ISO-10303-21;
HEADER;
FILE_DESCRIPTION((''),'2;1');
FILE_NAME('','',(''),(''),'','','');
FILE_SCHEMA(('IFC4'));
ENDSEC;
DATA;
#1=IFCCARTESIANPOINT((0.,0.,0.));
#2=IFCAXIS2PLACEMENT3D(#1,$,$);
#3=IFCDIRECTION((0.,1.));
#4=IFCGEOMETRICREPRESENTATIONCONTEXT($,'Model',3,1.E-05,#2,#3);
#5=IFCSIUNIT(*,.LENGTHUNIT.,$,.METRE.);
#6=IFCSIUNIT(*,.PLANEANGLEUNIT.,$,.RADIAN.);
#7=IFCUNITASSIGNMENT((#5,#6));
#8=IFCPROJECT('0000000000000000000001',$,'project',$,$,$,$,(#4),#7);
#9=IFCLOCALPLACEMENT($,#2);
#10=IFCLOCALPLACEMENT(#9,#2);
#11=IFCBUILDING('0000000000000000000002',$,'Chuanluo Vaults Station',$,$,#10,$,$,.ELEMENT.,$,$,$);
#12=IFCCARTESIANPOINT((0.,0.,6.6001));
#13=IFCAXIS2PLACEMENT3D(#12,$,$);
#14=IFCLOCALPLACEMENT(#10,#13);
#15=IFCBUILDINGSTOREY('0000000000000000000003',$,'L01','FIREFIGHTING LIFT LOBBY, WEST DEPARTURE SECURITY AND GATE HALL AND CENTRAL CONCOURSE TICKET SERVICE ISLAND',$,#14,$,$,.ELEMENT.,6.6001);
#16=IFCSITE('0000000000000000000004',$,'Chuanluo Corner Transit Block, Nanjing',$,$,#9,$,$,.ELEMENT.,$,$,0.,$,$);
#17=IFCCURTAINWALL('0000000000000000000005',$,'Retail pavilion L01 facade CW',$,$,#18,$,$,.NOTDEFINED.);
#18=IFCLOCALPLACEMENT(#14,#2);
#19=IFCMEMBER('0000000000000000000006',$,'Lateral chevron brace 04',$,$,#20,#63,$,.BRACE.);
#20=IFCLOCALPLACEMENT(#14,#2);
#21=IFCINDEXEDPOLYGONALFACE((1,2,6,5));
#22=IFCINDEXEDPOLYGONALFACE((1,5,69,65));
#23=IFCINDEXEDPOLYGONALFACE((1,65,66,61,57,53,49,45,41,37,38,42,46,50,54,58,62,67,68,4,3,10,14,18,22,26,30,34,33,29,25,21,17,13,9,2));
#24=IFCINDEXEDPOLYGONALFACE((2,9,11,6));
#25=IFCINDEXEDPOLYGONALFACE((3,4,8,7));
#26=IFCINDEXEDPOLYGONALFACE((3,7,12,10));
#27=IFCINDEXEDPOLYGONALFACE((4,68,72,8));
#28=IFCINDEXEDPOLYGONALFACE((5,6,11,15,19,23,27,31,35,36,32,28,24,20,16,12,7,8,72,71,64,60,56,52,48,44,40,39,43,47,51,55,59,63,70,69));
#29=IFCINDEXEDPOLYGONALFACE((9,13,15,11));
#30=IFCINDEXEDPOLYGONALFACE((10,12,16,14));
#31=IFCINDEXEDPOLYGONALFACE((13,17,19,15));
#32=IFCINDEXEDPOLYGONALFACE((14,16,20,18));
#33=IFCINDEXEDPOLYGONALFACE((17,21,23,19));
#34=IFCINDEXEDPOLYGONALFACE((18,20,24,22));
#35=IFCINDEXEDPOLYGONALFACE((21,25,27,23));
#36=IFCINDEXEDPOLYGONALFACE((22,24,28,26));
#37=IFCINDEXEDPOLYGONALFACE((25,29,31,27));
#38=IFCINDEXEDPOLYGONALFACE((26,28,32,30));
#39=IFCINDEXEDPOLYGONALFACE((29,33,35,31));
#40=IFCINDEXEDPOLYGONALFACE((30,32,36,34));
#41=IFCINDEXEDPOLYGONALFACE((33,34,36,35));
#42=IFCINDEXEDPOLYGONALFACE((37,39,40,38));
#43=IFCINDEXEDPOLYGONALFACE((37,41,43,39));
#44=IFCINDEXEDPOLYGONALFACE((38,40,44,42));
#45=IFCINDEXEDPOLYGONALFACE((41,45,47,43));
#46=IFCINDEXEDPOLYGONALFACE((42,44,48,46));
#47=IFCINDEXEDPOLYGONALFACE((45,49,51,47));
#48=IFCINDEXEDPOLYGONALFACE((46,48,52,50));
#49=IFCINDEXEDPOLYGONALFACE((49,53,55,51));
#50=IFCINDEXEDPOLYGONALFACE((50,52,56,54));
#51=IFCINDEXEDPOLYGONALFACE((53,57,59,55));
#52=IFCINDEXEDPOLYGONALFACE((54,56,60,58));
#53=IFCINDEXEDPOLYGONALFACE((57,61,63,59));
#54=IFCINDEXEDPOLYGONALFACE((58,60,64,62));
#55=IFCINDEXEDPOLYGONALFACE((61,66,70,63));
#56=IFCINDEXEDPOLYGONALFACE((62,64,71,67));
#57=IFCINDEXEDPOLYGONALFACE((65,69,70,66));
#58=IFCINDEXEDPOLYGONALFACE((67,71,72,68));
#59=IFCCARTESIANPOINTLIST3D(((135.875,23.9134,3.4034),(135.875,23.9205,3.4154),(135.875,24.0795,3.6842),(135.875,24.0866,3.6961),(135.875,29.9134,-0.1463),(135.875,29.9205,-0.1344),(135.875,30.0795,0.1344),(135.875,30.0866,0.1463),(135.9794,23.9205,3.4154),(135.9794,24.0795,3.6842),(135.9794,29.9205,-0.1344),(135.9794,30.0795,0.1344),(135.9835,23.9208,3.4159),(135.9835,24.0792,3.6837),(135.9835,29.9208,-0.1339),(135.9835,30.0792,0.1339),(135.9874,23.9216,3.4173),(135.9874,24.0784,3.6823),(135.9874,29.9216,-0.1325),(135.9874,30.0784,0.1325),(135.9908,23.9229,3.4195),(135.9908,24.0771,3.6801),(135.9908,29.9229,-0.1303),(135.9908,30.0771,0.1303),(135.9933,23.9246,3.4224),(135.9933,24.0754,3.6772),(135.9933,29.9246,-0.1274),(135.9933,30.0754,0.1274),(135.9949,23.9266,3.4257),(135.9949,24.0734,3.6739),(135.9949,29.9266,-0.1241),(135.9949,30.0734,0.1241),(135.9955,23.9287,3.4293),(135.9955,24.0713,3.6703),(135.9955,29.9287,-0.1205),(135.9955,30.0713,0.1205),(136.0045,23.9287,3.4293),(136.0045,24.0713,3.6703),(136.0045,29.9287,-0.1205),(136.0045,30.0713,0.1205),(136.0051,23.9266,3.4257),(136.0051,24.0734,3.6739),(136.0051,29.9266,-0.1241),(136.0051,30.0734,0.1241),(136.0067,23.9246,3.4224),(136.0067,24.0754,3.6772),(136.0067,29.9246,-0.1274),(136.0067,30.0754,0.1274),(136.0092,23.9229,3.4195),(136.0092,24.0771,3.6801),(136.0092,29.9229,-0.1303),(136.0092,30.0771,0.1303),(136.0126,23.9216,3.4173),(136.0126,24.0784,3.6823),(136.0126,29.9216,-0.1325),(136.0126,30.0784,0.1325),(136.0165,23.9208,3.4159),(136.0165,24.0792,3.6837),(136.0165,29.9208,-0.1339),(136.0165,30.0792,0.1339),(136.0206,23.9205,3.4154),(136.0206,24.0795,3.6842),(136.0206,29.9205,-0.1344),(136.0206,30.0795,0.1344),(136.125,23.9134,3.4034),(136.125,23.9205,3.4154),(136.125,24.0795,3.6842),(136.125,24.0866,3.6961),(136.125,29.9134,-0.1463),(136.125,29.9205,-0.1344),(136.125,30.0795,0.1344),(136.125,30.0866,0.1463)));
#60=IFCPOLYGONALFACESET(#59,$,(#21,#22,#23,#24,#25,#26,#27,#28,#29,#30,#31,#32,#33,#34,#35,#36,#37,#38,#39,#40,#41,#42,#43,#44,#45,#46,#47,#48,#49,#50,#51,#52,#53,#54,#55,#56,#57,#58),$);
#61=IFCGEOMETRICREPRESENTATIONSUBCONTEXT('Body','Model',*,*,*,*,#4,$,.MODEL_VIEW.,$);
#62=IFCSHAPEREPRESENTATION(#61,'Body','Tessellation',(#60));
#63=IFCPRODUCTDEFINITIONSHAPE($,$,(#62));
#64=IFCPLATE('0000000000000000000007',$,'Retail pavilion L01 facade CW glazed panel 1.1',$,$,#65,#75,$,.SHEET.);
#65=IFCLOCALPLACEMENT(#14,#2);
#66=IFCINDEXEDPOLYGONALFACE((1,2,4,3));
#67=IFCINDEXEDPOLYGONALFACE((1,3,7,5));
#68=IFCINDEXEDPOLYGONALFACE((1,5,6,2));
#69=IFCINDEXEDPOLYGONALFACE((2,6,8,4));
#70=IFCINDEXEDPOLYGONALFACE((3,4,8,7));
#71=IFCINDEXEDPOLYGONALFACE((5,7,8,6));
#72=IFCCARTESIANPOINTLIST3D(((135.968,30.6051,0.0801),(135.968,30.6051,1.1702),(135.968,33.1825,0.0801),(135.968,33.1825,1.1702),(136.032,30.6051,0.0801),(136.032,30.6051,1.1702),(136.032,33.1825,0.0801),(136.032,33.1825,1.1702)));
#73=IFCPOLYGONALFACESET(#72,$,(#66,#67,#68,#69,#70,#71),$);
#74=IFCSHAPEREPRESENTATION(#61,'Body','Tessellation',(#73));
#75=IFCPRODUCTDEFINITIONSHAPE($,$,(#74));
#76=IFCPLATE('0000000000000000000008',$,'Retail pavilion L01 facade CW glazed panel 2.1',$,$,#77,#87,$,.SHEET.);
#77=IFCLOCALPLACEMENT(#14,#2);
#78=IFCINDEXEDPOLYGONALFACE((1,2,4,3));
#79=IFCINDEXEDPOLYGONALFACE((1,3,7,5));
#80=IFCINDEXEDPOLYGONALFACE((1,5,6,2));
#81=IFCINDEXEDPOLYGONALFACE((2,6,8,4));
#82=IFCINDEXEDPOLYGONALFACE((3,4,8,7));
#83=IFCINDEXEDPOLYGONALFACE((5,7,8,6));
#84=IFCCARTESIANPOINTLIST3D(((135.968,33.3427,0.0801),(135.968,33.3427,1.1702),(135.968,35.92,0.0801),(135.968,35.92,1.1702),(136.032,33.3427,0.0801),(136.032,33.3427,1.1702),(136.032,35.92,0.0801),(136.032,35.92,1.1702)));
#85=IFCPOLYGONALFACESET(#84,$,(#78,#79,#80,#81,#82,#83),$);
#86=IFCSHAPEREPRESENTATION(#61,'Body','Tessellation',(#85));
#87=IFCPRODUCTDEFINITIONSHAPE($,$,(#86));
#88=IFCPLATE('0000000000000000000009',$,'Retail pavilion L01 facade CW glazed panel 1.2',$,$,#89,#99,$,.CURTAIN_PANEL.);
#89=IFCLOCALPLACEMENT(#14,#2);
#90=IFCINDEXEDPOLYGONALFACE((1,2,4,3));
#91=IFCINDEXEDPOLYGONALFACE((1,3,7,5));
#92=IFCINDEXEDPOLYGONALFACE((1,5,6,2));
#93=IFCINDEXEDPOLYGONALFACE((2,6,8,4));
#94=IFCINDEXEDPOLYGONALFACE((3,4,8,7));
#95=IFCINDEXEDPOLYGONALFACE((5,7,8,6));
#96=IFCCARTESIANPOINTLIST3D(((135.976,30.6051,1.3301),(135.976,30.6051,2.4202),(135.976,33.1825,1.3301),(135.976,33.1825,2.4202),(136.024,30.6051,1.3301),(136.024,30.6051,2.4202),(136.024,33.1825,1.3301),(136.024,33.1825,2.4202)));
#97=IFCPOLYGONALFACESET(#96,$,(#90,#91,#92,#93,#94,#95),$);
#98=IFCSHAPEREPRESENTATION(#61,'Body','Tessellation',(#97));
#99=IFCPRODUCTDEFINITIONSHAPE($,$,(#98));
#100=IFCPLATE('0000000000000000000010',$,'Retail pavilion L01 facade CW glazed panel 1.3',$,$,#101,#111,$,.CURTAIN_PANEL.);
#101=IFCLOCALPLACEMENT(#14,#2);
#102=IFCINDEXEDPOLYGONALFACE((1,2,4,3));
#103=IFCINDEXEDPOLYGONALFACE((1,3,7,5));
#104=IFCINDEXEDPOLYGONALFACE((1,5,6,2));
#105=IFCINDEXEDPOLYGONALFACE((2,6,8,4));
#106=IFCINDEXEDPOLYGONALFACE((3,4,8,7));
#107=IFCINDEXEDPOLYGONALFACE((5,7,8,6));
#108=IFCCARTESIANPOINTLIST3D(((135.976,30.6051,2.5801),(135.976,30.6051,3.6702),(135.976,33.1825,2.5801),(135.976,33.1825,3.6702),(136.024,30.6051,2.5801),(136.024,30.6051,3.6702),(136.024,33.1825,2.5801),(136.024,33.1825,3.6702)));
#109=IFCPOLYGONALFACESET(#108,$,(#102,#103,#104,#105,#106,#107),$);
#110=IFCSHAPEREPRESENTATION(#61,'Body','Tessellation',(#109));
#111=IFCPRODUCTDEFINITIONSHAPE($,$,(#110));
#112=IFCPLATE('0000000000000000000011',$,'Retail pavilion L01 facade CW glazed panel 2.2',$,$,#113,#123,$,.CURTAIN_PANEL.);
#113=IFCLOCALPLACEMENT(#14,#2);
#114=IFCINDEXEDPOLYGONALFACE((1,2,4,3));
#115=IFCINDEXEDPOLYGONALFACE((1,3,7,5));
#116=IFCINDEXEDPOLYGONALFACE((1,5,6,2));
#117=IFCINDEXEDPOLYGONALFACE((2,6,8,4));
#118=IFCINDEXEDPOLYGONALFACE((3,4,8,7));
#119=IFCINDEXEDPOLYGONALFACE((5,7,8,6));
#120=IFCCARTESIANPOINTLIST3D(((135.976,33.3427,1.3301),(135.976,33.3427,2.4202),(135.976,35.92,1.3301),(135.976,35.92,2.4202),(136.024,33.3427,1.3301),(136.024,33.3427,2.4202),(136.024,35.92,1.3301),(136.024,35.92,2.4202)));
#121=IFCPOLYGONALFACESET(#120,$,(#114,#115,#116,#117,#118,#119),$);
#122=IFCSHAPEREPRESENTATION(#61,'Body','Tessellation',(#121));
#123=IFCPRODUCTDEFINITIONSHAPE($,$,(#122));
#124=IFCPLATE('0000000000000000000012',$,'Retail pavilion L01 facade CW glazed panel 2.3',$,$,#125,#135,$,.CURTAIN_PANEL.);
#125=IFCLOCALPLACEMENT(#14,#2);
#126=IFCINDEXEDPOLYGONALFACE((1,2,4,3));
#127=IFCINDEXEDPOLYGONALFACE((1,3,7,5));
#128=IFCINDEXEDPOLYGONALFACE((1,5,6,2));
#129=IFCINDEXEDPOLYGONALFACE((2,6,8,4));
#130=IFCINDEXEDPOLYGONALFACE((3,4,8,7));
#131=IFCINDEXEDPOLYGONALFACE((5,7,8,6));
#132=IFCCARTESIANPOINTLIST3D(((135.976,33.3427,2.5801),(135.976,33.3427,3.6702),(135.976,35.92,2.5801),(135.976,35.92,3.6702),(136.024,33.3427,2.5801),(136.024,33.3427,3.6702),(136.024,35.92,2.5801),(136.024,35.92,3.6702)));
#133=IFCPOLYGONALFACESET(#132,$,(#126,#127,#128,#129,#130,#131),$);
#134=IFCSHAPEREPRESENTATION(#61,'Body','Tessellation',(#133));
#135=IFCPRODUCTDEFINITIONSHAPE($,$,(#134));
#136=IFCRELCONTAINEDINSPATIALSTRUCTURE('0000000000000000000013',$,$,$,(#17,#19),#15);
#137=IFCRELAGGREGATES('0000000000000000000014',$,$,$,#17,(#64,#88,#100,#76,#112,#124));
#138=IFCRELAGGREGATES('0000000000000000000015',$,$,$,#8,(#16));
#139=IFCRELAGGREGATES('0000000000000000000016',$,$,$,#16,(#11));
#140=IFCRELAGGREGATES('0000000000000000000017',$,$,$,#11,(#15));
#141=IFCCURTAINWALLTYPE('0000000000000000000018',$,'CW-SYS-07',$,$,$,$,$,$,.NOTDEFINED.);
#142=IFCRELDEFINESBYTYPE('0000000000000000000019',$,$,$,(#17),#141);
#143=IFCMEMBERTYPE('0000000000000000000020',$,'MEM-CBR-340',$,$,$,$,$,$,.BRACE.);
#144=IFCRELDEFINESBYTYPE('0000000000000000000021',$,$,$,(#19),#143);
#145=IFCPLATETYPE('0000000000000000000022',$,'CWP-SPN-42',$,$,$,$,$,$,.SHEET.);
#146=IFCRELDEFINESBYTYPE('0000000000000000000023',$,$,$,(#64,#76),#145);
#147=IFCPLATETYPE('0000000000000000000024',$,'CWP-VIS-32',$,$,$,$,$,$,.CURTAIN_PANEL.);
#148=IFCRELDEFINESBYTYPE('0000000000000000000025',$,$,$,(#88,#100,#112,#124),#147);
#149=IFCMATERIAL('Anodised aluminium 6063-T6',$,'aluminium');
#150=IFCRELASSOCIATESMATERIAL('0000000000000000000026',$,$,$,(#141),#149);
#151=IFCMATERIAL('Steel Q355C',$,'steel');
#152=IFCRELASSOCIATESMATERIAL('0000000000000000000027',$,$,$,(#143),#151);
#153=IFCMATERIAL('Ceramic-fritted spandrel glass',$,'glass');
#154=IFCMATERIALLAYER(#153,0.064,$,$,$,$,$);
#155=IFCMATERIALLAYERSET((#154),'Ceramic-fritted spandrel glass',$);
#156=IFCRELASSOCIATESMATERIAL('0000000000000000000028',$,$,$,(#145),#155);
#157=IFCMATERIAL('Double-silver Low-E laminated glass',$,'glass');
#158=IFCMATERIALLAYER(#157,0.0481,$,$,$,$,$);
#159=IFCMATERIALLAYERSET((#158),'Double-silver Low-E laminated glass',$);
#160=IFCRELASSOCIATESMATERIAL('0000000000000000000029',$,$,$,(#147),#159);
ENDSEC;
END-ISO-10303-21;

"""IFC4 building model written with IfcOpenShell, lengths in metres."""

from ifc_helpers import new_model, si_unit, direction, frame, origin, origin_2d, place, context, subcontext, project, spatial, rectangle, i_section, extrude, material, layer, layer_set, material_profile, profile_set, type_object, element, aggregate, save


model = new_model("IFC4")

# Units and contexts
model_context = context("Model", 3, precision=1e-05, world=origin(), true_north=direction((0.0, 1.0)))
body_context = subcontext(model_context, "Body", "Model", "MODEL_VIEW")
ifc_project = project(units=[si_unit("LENGTHUNIT", "METRE"), si_unit("PLANEANGLEUNIT", "RADIAN")], contexts=[model_context])

# Site, building, storey
site_placement = place(None, origin())
site = spatial("IfcSite", under=ifc_project, at=site_placement, Name="Chuanluo Corner Transit Block, Nanjing", CompositionType="ELEMENT", RefElevation=0.0)
building_placement = place(site_placement, origin())
building = spatial("IfcBuilding", under=site, at=building_placement, Name="Chuanluo Vaults Station", CompositionType="ELEMENT")
storey_placement = place(building_placement, frame((0.0, 0.0, 6.6001)))
storey = spatial("IfcBuildingStorey", under=building, at=storey_placement, Name="L01", Description="FIREFIGHTING LIFT LOBBY, WEST DEPARTURE SECURITY AND GATE HALL AND CENTRAL CONCOURSE TICKET SERVICE ISLAND", CompositionType="ELEMENT", Elevation=6.6001)

# Curtain wall
ifc_material_1 = material(Name="Anodised aluminium 6063-T6", Category="aluminium")
curtain_wall_type = type_object("IfcCurtainWallType", Name="CW-SYS-07", PredefinedType="NOTDEFINED", material=ifc_material_1)
curtain_wall_placement = place(storey_placement, origin())
curtain_wall = element("IfcCurtainWall", 1, at=curtain_wall_placement, inside=storey, type_object=curtain_wall_type, Name="Retail pavilion L01 facade CW", PredefinedType="NOTDEFINED")

# Member
ifc_material_2 = material(Name="Steel Q355C", Category="steel")
ifc_material_profile_1 = material_profile(ifc_material_2, i_section(OverallWidth=0.25, OverallDepth=0.3401, WebThickness=0.009, FlangeThickness=0.0139, FilletRadius=0.0161, at=origin_2d()))
ifc_profile_set_1 = profile_set([ifc_material_profile_1], Name="Steel Q355C")
member_type_1 = type_object("IfcMemberType", Name="MEM-CBR-340", PredefinedType="BRACE", material=ifc_profile_set_1)
member_1_placement = place(storey_placement, frame((136.0, 30.0, 0.0), z_axis=(0.0, -0.860653, 0.509192), x_axis=(1.0, 0.0, 0.0)))
element("IfcMember", 2, at=member_1_placement, inside=storey, type_object=member_type_1, Name="Lateral chevron brace 04", PredefinedType="BRACE", context=body_context, shape_type="SweptSolid", body=[
    extrude(i_section(OverallWidth=0.25, OverallDepth=0.3401, WebThickness=0.009, FlangeThickness=0.0139, FilletRadius=0.0161, at=origin_2d()), origin(), (0.0, 0.0, 1.0), 6.9714),
])

# Plates
ifc_material_3 = material(Name="Ceramic-fritted spandrel glass", Category="glass")
ifc_layer_1 = layer(ifc_material_3, 0.064)
ifc_layer_set_1 = layer_set([ifc_layer_1], Name="Ceramic-fritted spandrel glass")
plate_type_1 = type_object("IfcPlateType", Name="CWP-SPN-42", PredefinedType="SHEET", material=ifc_layer_set_1)
plate_1_placement = place(storey_placement, frame((136.0, 31.8938, 0.0801), z_axis=(0.0, 0.0, 1.0), x_axis=(0.0, 1.0, 0.0)))
plate_1 = element("IfcPlate", 3, at=plate_1_placement, type_object=plate_type_1, Name="Retail pavilion L01 facade CW glazed panel 1.1", PredefinedType="SHEET", context=body_context, shape_type="SweptSolid", body=[
    extrude(rectangle(XDim=2.5774, YDim=0.064, at=origin_2d()), origin(), (0.0, 0.0, 1.0), 1.0901),
])
plate_2_placement = place(storey_placement, frame((136.0, 34.6313, 0.0801), z_axis=(0.0, 0.0, 1.0), x_axis=(0.0, 1.0, 0.0)))
plate_2 = element("IfcPlate", 4, at=plate_2_placement, type_object=plate_type_1, Name="Retail pavilion L01 facade CW glazed panel 2.1", PredefinedType="SHEET", context=body_context, shape_type="SweptSolid", body=[
    extrude(rectangle(XDim=2.5774, YDim=0.064, at=origin_2d()), origin(), (0.0, 0.0, 1.0), 1.0901),
])
ifc_material_4 = material(Name="Double-silver Low-E laminated glass", Category="glass")
ifc_layer_2 = layer(ifc_material_4, 0.0481)
ifc_layer_set_2 = layer_set([ifc_layer_2], Name="Double-silver Low-E laminated glass")
plate_type_2 = type_object("IfcPlateType", Name="CWP-VIS-32", PredefinedType="CURTAIN_PANEL", material=ifc_layer_set_2)
plate_3_placement = place(storey_placement, frame((136.0, 31.8938, 1.3301), z_axis=(0.0, 0.0, 1.0), x_axis=(0.0, 1.0, 0.0)))
plate_3 = element("IfcPlate", 5, at=plate_3_placement, type_object=plate_type_2, Name="Retail pavilion L01 facade CW glazed panel 1.2", PredefinedType="CURTAIN_PANEL", context=body_context, shape_type="SweptSolid", body=[
    extrude(rectangle(XDim=2.5774, YDim=0.0481, at=origin_2d()), origin(), (0.0, 0.0, 1.0), 1.0901),
])
plate_4_placement = place(storey_placement, frame((136.0, 31.8938, 2.5801), z_axis=(0.0, 0.0, 1.0), x_axis=(0.0, 1.0, 0.0)))
plate_4 = element("IfcPlate", 6, at=plate_4_placement, type_object=plate_type_2, Name="Retail pavilion L01 facade CW glazed panel 1.3", PredefinedType="CURTAIN_PANEL", context=body_context, shape_type="SweptSolid", body=[
    extrude(rectangle(XDim=2.5774, YDim=0.0481, at=origin_2d()), origin(), (0.0, 0.0, 1.0), 1.0901),
])
plate_5_placement = place(storey_placement, frame((136.0, 34.6313, 1.3301), z_axis=(0.0, 0.0, 1.0), x_axis=(0.0, 1.0, 0.0)))
plate_5 = element("IfcPlate", 7, at=plate_5_placement, type_object=plate_type_2, Name="Retail pavilion L01 facade CW glazed panel 2.2", PredefinedType="CURTAIN_PANEL", context=body_context, shape_type="SweptSolid", body=[
    extrude(rectangle(XDim=2.5774, YDim=0.0481, at=origin_2d()), origin(), (0.0, 0.0, 1.0), 1.0901),
])
plate_6_placement = place(storey_placement, frame((136.0, 34.6313, 2.5801), z_axis=(0.0, 0.0, 1.0), x_axis=(0.0, 1.0, 0.0)))
plate_6 = element("IfcPlate", 8, at=plate_6_placement, type_object=plate_type_2, Name="Retail pavilion L01 facade CW glazed panel 2.3", PredefinedType="CURTAIN_PANEL", context=body_context, shape_type="SweptSolid", body=[
    extrude(rectangle(XDim=2.5774, YDim=0.0481, at=origin_2d()), origin(), (0.0, 0.0, 1.0), 1.0901),
])
aggregate(curtain_wall, [plate_1, plate_3, plate_4, plate_2, plate_5, plate_6])

save(model, "model.ifc")
